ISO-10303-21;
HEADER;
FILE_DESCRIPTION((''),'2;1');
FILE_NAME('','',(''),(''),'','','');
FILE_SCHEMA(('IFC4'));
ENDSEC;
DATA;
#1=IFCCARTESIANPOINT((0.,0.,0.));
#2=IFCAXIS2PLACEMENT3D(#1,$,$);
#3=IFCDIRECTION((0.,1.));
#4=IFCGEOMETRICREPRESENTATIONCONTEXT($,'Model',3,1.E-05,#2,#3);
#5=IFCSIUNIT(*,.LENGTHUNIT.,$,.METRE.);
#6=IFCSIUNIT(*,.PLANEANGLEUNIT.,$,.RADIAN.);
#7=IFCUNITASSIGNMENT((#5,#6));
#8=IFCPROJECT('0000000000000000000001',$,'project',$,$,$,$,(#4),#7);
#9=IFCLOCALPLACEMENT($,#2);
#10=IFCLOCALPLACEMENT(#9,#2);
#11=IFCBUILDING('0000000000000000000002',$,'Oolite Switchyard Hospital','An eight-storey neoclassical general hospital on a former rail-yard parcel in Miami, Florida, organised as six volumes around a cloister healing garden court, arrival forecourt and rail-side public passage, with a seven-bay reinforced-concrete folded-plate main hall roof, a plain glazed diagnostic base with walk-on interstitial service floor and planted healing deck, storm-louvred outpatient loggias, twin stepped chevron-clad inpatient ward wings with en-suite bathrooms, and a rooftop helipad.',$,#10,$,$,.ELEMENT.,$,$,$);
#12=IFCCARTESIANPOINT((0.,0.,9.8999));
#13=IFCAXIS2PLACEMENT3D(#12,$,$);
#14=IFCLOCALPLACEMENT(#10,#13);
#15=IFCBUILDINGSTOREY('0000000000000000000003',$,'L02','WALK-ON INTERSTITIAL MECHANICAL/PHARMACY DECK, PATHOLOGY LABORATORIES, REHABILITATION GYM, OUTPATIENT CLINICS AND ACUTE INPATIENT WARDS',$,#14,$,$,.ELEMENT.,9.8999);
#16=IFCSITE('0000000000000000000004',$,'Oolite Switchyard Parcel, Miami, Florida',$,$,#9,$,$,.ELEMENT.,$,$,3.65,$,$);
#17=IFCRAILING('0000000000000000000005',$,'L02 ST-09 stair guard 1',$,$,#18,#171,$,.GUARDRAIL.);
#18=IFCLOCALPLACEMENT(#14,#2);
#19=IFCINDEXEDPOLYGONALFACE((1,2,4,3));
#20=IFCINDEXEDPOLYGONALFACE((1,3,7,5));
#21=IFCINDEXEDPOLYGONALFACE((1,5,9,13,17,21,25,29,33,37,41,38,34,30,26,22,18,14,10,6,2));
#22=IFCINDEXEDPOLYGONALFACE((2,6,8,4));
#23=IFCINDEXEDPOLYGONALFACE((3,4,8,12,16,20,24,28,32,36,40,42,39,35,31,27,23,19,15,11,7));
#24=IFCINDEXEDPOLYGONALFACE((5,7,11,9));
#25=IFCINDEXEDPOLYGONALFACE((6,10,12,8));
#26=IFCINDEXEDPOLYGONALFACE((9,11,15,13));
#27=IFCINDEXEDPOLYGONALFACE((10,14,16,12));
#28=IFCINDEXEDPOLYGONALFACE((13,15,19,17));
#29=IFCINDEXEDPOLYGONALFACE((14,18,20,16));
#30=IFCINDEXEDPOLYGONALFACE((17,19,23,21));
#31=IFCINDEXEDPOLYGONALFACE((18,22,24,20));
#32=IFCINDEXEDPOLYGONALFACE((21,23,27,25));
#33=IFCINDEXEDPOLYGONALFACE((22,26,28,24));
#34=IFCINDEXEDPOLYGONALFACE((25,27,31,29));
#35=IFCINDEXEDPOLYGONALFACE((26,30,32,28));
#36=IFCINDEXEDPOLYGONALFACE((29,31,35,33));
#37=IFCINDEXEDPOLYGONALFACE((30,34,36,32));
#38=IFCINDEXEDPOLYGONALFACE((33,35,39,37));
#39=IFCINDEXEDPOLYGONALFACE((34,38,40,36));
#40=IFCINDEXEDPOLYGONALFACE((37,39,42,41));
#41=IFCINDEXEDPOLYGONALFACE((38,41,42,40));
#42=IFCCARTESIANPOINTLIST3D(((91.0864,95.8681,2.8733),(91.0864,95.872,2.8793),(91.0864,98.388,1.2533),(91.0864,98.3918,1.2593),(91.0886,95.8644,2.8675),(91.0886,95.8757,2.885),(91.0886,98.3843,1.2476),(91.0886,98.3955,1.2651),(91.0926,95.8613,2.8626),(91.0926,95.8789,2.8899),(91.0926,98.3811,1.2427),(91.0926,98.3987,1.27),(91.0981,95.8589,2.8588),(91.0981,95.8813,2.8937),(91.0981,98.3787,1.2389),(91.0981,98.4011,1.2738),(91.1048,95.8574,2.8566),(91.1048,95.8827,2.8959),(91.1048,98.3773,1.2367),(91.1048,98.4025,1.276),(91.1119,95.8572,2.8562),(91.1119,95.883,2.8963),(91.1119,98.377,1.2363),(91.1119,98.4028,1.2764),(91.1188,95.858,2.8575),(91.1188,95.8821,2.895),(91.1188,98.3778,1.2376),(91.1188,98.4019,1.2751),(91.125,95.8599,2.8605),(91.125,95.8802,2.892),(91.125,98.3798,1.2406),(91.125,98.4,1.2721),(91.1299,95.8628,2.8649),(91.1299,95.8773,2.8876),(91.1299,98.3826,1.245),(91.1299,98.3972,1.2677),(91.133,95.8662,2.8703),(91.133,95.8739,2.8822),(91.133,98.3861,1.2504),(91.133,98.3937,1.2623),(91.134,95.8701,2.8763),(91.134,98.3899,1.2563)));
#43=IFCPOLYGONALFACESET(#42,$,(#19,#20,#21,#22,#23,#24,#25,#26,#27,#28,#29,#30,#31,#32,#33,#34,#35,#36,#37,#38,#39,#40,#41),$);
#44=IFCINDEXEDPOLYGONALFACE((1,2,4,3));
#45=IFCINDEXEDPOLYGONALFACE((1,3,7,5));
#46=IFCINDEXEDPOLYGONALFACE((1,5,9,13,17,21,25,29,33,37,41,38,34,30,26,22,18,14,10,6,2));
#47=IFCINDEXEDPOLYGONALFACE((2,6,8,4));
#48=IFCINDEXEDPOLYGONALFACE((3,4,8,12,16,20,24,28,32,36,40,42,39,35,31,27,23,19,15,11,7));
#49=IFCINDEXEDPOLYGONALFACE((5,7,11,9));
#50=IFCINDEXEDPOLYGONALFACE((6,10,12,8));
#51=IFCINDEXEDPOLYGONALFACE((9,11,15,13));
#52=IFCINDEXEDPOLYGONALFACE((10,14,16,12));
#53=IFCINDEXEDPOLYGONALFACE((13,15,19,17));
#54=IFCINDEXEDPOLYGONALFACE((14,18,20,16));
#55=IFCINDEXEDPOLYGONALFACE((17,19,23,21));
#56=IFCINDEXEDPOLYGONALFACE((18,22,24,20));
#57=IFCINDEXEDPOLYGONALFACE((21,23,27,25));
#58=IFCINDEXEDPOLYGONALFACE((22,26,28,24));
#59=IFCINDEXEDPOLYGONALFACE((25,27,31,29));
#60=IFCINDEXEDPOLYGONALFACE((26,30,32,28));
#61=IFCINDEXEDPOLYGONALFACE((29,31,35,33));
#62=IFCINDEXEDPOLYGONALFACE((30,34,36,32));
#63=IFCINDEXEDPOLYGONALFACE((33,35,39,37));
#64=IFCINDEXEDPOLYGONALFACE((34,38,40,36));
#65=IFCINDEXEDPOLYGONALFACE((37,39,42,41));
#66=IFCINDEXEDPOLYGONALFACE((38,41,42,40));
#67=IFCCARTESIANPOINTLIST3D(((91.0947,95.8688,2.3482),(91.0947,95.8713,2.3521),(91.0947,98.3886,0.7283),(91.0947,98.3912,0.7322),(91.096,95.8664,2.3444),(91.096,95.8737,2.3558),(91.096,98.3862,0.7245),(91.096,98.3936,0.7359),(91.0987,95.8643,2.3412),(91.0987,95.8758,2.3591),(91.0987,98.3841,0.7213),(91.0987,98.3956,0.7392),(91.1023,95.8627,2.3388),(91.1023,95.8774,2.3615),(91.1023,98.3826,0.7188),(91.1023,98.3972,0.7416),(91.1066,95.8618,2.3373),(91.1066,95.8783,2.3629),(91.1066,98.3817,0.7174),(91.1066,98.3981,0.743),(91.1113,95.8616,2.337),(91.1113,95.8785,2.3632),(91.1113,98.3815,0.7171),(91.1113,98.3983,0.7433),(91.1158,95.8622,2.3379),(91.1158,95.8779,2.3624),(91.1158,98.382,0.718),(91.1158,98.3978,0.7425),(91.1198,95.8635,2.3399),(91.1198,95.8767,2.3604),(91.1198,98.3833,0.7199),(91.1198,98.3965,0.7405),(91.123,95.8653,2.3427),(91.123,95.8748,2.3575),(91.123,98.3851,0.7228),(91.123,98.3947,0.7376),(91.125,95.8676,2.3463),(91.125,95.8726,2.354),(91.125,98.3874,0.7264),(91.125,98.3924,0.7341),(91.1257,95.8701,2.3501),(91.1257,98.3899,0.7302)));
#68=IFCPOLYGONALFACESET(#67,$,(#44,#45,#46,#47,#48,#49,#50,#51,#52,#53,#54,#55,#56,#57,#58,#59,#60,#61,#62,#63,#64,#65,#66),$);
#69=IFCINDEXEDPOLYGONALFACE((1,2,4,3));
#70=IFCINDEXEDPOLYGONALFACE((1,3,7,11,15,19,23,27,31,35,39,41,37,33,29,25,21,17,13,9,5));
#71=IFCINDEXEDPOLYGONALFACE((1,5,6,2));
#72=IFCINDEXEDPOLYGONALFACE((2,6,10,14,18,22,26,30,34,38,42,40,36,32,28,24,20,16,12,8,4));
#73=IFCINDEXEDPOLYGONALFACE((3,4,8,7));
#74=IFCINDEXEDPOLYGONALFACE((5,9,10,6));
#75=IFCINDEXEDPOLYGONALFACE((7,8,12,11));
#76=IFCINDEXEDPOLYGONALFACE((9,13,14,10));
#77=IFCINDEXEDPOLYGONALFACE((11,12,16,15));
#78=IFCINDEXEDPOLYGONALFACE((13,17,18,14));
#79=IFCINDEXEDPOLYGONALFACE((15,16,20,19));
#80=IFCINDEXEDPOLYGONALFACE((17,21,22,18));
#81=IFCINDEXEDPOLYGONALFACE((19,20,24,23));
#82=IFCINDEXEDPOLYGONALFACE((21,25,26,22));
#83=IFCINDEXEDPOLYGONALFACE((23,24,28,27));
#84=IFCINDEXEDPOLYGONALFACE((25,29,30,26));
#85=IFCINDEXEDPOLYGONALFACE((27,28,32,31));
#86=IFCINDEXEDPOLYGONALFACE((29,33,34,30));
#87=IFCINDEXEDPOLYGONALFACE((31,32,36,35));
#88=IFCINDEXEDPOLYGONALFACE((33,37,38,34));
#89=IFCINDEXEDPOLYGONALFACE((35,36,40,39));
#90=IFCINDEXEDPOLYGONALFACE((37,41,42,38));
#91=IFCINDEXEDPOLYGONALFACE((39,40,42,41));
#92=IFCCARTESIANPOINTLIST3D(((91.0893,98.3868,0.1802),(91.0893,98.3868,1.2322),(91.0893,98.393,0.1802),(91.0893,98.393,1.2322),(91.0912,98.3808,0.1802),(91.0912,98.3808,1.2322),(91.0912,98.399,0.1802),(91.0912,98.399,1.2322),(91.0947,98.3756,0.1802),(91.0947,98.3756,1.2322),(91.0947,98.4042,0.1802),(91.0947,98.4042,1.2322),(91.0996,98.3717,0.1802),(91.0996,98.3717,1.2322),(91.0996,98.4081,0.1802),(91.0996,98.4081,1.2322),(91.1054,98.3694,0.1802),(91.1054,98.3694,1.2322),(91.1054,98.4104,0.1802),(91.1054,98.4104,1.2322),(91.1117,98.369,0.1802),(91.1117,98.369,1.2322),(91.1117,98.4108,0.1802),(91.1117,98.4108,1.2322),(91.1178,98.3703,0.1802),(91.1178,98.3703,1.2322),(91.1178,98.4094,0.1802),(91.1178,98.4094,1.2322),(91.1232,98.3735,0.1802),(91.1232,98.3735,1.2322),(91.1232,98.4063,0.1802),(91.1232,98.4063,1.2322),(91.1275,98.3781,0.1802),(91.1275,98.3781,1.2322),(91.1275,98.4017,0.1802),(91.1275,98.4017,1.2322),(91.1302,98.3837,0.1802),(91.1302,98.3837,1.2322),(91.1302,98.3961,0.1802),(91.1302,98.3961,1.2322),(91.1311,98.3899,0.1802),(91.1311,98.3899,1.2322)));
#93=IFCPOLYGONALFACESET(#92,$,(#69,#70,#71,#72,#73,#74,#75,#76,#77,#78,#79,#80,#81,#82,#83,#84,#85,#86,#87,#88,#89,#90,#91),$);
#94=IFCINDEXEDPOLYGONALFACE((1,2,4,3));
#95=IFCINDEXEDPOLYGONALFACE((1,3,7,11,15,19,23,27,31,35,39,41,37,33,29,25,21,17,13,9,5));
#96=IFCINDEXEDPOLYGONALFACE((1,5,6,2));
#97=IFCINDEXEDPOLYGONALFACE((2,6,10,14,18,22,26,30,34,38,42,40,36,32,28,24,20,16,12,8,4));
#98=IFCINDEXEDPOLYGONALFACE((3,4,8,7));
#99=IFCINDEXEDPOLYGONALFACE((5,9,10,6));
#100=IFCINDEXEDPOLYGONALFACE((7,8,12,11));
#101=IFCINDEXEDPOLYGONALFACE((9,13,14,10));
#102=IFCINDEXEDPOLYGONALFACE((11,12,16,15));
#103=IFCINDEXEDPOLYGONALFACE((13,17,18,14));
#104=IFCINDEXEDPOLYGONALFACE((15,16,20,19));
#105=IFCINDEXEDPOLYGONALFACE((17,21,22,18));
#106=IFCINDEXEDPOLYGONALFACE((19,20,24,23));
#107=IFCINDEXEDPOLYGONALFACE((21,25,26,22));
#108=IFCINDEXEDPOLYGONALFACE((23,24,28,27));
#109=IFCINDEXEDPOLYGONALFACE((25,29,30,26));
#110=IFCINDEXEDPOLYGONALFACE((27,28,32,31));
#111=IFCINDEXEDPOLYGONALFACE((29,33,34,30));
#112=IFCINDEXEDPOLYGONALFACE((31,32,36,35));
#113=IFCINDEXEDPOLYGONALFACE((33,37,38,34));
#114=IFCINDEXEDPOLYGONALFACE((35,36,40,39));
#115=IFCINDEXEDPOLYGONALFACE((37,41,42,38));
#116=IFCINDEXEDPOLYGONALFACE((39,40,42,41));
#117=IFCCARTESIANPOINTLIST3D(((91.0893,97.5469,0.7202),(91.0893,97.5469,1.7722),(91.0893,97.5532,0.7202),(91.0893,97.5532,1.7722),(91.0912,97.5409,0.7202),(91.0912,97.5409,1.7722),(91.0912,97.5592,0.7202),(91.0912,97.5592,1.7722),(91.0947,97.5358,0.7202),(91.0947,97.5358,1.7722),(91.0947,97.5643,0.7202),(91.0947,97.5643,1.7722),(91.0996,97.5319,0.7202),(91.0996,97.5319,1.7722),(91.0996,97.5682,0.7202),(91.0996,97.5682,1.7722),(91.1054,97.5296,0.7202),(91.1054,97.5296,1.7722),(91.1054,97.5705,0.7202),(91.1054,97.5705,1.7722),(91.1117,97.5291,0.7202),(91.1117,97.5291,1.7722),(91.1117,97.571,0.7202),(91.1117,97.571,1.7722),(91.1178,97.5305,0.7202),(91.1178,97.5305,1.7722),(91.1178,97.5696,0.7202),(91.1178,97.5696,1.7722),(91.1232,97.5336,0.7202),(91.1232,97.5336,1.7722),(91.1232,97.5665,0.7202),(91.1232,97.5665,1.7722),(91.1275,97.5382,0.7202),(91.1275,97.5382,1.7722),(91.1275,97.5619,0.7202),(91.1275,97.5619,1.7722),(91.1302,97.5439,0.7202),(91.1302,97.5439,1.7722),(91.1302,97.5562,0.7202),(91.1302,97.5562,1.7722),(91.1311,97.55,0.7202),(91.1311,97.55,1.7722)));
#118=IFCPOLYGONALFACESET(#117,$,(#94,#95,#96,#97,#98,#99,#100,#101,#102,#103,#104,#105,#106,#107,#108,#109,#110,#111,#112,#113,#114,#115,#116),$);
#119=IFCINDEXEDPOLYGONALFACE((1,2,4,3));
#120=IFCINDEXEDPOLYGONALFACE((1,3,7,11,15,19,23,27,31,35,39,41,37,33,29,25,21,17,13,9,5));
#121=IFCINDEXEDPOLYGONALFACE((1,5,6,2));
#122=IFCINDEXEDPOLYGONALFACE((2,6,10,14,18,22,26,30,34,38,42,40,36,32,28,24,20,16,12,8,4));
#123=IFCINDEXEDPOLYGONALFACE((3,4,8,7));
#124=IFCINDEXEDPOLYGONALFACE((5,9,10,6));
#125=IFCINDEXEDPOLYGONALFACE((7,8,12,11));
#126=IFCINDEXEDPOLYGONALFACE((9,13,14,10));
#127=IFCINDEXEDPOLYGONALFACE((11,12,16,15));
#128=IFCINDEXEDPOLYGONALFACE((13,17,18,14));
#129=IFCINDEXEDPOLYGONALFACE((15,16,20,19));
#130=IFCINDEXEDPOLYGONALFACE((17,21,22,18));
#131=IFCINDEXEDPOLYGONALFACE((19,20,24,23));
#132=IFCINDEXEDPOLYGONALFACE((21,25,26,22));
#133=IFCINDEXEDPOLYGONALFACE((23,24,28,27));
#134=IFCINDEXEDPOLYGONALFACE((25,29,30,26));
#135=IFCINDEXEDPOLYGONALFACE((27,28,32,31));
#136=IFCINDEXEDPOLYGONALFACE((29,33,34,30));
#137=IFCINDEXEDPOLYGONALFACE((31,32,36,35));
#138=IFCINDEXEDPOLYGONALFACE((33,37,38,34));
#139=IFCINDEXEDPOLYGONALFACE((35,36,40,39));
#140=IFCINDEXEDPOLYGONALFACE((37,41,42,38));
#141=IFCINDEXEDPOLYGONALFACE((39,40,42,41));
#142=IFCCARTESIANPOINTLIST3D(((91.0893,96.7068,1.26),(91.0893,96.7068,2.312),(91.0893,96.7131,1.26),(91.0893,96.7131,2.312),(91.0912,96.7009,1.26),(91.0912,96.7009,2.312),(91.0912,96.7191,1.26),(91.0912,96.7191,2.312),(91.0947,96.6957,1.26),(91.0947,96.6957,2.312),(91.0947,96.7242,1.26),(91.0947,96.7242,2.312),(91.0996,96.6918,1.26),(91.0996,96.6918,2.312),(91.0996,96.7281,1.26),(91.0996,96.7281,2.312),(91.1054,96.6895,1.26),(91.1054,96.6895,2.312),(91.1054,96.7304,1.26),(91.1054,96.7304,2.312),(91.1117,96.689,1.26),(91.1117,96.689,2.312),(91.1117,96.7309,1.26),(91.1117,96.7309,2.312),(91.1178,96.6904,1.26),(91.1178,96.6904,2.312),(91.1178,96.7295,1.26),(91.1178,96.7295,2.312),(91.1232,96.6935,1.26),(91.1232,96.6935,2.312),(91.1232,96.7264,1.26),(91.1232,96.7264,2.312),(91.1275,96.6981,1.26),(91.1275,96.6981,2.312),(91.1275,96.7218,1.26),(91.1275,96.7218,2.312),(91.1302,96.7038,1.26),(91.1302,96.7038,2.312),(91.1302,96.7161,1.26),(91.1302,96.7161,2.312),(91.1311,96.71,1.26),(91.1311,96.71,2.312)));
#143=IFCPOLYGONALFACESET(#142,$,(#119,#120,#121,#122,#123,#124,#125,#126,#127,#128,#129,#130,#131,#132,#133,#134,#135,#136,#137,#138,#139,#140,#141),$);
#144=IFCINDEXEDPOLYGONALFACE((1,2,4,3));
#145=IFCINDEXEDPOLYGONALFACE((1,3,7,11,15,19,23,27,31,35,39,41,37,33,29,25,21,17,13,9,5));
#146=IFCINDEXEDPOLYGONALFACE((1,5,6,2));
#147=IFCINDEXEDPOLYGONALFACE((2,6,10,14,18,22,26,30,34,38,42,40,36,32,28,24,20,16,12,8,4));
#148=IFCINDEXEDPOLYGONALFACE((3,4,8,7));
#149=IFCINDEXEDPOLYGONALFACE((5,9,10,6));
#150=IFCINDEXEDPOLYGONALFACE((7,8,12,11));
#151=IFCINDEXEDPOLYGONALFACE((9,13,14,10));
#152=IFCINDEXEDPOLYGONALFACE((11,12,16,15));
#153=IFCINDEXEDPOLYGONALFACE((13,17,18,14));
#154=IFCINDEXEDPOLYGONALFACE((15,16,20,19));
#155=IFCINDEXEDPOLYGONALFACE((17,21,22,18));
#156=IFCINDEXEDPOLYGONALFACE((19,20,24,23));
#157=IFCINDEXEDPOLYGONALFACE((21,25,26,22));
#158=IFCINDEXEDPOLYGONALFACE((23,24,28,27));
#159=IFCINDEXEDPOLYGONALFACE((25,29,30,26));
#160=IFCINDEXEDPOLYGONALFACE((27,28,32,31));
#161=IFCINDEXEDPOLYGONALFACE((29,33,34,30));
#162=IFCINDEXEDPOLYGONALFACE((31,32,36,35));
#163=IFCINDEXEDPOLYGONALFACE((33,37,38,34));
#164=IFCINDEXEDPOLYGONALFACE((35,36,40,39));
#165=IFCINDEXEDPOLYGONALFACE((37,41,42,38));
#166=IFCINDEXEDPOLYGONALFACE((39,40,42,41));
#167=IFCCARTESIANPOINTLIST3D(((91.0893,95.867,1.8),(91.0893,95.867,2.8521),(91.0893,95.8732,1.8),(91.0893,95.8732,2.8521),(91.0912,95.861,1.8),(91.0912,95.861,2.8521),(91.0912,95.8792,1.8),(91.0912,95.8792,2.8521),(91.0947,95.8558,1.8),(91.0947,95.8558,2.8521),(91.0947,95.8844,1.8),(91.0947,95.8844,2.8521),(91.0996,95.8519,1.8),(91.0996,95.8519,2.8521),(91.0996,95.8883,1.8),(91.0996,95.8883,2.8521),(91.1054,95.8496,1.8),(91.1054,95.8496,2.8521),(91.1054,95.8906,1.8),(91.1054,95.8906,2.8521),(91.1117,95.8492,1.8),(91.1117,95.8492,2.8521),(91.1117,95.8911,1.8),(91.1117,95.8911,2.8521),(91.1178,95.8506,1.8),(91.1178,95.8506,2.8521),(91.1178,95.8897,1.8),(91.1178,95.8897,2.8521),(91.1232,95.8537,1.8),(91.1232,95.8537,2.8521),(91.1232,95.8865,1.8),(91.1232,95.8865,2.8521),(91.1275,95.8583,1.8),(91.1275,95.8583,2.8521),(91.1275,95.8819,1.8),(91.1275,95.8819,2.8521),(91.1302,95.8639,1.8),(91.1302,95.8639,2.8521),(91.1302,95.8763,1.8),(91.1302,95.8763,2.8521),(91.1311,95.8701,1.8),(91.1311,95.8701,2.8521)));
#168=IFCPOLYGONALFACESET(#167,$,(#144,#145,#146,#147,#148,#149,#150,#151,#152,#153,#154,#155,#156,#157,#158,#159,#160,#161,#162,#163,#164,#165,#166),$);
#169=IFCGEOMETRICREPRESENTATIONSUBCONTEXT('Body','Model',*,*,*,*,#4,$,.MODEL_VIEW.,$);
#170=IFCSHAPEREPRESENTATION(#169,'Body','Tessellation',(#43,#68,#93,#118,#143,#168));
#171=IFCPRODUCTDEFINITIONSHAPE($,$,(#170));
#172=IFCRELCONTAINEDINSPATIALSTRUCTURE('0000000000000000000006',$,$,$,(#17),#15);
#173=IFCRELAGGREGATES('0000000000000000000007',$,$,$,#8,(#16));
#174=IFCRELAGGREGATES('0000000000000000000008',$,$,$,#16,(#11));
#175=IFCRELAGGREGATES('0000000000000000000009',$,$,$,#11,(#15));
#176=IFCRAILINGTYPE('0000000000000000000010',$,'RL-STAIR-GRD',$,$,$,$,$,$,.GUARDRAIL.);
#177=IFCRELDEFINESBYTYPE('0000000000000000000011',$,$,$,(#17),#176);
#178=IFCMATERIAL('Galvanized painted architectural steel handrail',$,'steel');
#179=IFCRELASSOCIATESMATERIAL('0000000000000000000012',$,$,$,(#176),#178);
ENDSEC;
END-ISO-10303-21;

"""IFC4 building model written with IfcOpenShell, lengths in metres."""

from ifc_helpers import new_model, si_unit, direction, frame, origin, origin_2d, place, context, subcontext, project, spatial, circle, extrude, material, type_object, element, save


model = new_model("IFC4")

# Units and contexts
model_context = context("Model", 3, precision=1e-05, world=origin(), true_north=direction((0.0, 1.0)))
body_context = subcontext(model_context, "Body", "Model", "MODEL_VIEW")
ifc_project = project(units=[si_unit("LENGTHUNIT", "METRE"), si_unit("PLANEANGLEUNIT", "RADIAN")], contexts=[model_context])

# Site, building, storey
site_placement = place(None, origin())
site = spatial("IfcSite", under=ifc_project, at=site_placement, Name="Oolite Switchyard Parcel, Miami, Florida", CompositionType="ELEMENT", RefElevation=3.65)
building_placement = place(site_placement, origin())
building = spatial("IfcBuilding", under=site, at=building_placement, Name="Oolite Switchyard Hospital", Description="An eight-storey neoclassical general hospital on a former rail-yard parcel in Miami, Florida, organised as six volumes around a cloister healing garden court, arrival forecourt and rail-side public passage, with a seven-bay reinforced-concrete folded-plate main hall roof, a plain glazed diagnostic base with walk-on interstitial service floor and planted healing deck, storm-louvred outpatient loggias, twin stepped chevron-clad inpatient ward wings with en-suite bathrooms, and a rooftop helipad.", CompositionType="ELEMENT")
storey_placement = place(building_placement, frame((0.0, 0.0, 9.8999)))
storey = spatial("IfcBuildingStorey", under=building, at=storey_placement, Name="L02", Description="WALK-ON INTERSTITIAL MECHANICAL/PHARMACY DECK, PATHOLOGY LABORATORIES, REHABILITATION GYM, OUTPATIENT CLINICS AND ACUTE INPATIENT WARDS", CompositionType="ELEMENT", Elevation=9.8999)

# Railing
ifc_material_1 = material(Name="Galvanized painted architectural steel handrail", Category="steel")
railing_type_1 = type_object("IfcRailingType", Name="RL-STAIR-GRD", PredefinedType="GUARDRAIL", material=ifc_material_1)
railing_1_placement = place(storey_placement, frame((91.1101, 98.3899, 0.1802)))
element("IfcRailing", 1, at=railing_1_placement, inside=storey, type_object=railing_type_1, Name="L02 ST-09 stair guard 1", PredefinedType="GUARDRAIL", context=body_context, shape_type="SweptSolid", body=[
    extrude(circle(Radius=0.0239, at=origin_2d()), frame((0.0, 0.0, 1.0762), z_axis=(0.0, -0.841176, 0.540762), x_axis=(1.0, 0.0, 0.0)), (0.0, 0.0, 1.0), 2.9956),
    extrude(circle(Radius=0.0156, at=origin_2d()), frame((0.0, 0.0, 0.55), z_axis=(0.0, -0.841176, 0.540762), x_axis=(1.0, 0.0, 0.0)), (0.0, 0.0, 1.0), 2.9956),
    extrude(circle(Radius=0.021, at=origin_2d()), origin(), (0.0, 0.0, 1.0), 1.052),
    extrude(circle(Radius=0.021, at=origin_2d()), frame((0.0, -0.8398, 0.54)), (0.0, 0.0, 1.0), 1.052),
    extrude(circle(Radius=0.021, at=origin_2d()), frame((0.0, -1.6799, 1.0798)), (0.0, 0.0, 1.0), 1.052),
    extrude(circle(Radius=0.021, at=origin_2d()), frame((0.0, -2.5198, 1.6199)), (0.0, 0.0, 1.0), 1.052),
])

save(model, "model.ifc")
